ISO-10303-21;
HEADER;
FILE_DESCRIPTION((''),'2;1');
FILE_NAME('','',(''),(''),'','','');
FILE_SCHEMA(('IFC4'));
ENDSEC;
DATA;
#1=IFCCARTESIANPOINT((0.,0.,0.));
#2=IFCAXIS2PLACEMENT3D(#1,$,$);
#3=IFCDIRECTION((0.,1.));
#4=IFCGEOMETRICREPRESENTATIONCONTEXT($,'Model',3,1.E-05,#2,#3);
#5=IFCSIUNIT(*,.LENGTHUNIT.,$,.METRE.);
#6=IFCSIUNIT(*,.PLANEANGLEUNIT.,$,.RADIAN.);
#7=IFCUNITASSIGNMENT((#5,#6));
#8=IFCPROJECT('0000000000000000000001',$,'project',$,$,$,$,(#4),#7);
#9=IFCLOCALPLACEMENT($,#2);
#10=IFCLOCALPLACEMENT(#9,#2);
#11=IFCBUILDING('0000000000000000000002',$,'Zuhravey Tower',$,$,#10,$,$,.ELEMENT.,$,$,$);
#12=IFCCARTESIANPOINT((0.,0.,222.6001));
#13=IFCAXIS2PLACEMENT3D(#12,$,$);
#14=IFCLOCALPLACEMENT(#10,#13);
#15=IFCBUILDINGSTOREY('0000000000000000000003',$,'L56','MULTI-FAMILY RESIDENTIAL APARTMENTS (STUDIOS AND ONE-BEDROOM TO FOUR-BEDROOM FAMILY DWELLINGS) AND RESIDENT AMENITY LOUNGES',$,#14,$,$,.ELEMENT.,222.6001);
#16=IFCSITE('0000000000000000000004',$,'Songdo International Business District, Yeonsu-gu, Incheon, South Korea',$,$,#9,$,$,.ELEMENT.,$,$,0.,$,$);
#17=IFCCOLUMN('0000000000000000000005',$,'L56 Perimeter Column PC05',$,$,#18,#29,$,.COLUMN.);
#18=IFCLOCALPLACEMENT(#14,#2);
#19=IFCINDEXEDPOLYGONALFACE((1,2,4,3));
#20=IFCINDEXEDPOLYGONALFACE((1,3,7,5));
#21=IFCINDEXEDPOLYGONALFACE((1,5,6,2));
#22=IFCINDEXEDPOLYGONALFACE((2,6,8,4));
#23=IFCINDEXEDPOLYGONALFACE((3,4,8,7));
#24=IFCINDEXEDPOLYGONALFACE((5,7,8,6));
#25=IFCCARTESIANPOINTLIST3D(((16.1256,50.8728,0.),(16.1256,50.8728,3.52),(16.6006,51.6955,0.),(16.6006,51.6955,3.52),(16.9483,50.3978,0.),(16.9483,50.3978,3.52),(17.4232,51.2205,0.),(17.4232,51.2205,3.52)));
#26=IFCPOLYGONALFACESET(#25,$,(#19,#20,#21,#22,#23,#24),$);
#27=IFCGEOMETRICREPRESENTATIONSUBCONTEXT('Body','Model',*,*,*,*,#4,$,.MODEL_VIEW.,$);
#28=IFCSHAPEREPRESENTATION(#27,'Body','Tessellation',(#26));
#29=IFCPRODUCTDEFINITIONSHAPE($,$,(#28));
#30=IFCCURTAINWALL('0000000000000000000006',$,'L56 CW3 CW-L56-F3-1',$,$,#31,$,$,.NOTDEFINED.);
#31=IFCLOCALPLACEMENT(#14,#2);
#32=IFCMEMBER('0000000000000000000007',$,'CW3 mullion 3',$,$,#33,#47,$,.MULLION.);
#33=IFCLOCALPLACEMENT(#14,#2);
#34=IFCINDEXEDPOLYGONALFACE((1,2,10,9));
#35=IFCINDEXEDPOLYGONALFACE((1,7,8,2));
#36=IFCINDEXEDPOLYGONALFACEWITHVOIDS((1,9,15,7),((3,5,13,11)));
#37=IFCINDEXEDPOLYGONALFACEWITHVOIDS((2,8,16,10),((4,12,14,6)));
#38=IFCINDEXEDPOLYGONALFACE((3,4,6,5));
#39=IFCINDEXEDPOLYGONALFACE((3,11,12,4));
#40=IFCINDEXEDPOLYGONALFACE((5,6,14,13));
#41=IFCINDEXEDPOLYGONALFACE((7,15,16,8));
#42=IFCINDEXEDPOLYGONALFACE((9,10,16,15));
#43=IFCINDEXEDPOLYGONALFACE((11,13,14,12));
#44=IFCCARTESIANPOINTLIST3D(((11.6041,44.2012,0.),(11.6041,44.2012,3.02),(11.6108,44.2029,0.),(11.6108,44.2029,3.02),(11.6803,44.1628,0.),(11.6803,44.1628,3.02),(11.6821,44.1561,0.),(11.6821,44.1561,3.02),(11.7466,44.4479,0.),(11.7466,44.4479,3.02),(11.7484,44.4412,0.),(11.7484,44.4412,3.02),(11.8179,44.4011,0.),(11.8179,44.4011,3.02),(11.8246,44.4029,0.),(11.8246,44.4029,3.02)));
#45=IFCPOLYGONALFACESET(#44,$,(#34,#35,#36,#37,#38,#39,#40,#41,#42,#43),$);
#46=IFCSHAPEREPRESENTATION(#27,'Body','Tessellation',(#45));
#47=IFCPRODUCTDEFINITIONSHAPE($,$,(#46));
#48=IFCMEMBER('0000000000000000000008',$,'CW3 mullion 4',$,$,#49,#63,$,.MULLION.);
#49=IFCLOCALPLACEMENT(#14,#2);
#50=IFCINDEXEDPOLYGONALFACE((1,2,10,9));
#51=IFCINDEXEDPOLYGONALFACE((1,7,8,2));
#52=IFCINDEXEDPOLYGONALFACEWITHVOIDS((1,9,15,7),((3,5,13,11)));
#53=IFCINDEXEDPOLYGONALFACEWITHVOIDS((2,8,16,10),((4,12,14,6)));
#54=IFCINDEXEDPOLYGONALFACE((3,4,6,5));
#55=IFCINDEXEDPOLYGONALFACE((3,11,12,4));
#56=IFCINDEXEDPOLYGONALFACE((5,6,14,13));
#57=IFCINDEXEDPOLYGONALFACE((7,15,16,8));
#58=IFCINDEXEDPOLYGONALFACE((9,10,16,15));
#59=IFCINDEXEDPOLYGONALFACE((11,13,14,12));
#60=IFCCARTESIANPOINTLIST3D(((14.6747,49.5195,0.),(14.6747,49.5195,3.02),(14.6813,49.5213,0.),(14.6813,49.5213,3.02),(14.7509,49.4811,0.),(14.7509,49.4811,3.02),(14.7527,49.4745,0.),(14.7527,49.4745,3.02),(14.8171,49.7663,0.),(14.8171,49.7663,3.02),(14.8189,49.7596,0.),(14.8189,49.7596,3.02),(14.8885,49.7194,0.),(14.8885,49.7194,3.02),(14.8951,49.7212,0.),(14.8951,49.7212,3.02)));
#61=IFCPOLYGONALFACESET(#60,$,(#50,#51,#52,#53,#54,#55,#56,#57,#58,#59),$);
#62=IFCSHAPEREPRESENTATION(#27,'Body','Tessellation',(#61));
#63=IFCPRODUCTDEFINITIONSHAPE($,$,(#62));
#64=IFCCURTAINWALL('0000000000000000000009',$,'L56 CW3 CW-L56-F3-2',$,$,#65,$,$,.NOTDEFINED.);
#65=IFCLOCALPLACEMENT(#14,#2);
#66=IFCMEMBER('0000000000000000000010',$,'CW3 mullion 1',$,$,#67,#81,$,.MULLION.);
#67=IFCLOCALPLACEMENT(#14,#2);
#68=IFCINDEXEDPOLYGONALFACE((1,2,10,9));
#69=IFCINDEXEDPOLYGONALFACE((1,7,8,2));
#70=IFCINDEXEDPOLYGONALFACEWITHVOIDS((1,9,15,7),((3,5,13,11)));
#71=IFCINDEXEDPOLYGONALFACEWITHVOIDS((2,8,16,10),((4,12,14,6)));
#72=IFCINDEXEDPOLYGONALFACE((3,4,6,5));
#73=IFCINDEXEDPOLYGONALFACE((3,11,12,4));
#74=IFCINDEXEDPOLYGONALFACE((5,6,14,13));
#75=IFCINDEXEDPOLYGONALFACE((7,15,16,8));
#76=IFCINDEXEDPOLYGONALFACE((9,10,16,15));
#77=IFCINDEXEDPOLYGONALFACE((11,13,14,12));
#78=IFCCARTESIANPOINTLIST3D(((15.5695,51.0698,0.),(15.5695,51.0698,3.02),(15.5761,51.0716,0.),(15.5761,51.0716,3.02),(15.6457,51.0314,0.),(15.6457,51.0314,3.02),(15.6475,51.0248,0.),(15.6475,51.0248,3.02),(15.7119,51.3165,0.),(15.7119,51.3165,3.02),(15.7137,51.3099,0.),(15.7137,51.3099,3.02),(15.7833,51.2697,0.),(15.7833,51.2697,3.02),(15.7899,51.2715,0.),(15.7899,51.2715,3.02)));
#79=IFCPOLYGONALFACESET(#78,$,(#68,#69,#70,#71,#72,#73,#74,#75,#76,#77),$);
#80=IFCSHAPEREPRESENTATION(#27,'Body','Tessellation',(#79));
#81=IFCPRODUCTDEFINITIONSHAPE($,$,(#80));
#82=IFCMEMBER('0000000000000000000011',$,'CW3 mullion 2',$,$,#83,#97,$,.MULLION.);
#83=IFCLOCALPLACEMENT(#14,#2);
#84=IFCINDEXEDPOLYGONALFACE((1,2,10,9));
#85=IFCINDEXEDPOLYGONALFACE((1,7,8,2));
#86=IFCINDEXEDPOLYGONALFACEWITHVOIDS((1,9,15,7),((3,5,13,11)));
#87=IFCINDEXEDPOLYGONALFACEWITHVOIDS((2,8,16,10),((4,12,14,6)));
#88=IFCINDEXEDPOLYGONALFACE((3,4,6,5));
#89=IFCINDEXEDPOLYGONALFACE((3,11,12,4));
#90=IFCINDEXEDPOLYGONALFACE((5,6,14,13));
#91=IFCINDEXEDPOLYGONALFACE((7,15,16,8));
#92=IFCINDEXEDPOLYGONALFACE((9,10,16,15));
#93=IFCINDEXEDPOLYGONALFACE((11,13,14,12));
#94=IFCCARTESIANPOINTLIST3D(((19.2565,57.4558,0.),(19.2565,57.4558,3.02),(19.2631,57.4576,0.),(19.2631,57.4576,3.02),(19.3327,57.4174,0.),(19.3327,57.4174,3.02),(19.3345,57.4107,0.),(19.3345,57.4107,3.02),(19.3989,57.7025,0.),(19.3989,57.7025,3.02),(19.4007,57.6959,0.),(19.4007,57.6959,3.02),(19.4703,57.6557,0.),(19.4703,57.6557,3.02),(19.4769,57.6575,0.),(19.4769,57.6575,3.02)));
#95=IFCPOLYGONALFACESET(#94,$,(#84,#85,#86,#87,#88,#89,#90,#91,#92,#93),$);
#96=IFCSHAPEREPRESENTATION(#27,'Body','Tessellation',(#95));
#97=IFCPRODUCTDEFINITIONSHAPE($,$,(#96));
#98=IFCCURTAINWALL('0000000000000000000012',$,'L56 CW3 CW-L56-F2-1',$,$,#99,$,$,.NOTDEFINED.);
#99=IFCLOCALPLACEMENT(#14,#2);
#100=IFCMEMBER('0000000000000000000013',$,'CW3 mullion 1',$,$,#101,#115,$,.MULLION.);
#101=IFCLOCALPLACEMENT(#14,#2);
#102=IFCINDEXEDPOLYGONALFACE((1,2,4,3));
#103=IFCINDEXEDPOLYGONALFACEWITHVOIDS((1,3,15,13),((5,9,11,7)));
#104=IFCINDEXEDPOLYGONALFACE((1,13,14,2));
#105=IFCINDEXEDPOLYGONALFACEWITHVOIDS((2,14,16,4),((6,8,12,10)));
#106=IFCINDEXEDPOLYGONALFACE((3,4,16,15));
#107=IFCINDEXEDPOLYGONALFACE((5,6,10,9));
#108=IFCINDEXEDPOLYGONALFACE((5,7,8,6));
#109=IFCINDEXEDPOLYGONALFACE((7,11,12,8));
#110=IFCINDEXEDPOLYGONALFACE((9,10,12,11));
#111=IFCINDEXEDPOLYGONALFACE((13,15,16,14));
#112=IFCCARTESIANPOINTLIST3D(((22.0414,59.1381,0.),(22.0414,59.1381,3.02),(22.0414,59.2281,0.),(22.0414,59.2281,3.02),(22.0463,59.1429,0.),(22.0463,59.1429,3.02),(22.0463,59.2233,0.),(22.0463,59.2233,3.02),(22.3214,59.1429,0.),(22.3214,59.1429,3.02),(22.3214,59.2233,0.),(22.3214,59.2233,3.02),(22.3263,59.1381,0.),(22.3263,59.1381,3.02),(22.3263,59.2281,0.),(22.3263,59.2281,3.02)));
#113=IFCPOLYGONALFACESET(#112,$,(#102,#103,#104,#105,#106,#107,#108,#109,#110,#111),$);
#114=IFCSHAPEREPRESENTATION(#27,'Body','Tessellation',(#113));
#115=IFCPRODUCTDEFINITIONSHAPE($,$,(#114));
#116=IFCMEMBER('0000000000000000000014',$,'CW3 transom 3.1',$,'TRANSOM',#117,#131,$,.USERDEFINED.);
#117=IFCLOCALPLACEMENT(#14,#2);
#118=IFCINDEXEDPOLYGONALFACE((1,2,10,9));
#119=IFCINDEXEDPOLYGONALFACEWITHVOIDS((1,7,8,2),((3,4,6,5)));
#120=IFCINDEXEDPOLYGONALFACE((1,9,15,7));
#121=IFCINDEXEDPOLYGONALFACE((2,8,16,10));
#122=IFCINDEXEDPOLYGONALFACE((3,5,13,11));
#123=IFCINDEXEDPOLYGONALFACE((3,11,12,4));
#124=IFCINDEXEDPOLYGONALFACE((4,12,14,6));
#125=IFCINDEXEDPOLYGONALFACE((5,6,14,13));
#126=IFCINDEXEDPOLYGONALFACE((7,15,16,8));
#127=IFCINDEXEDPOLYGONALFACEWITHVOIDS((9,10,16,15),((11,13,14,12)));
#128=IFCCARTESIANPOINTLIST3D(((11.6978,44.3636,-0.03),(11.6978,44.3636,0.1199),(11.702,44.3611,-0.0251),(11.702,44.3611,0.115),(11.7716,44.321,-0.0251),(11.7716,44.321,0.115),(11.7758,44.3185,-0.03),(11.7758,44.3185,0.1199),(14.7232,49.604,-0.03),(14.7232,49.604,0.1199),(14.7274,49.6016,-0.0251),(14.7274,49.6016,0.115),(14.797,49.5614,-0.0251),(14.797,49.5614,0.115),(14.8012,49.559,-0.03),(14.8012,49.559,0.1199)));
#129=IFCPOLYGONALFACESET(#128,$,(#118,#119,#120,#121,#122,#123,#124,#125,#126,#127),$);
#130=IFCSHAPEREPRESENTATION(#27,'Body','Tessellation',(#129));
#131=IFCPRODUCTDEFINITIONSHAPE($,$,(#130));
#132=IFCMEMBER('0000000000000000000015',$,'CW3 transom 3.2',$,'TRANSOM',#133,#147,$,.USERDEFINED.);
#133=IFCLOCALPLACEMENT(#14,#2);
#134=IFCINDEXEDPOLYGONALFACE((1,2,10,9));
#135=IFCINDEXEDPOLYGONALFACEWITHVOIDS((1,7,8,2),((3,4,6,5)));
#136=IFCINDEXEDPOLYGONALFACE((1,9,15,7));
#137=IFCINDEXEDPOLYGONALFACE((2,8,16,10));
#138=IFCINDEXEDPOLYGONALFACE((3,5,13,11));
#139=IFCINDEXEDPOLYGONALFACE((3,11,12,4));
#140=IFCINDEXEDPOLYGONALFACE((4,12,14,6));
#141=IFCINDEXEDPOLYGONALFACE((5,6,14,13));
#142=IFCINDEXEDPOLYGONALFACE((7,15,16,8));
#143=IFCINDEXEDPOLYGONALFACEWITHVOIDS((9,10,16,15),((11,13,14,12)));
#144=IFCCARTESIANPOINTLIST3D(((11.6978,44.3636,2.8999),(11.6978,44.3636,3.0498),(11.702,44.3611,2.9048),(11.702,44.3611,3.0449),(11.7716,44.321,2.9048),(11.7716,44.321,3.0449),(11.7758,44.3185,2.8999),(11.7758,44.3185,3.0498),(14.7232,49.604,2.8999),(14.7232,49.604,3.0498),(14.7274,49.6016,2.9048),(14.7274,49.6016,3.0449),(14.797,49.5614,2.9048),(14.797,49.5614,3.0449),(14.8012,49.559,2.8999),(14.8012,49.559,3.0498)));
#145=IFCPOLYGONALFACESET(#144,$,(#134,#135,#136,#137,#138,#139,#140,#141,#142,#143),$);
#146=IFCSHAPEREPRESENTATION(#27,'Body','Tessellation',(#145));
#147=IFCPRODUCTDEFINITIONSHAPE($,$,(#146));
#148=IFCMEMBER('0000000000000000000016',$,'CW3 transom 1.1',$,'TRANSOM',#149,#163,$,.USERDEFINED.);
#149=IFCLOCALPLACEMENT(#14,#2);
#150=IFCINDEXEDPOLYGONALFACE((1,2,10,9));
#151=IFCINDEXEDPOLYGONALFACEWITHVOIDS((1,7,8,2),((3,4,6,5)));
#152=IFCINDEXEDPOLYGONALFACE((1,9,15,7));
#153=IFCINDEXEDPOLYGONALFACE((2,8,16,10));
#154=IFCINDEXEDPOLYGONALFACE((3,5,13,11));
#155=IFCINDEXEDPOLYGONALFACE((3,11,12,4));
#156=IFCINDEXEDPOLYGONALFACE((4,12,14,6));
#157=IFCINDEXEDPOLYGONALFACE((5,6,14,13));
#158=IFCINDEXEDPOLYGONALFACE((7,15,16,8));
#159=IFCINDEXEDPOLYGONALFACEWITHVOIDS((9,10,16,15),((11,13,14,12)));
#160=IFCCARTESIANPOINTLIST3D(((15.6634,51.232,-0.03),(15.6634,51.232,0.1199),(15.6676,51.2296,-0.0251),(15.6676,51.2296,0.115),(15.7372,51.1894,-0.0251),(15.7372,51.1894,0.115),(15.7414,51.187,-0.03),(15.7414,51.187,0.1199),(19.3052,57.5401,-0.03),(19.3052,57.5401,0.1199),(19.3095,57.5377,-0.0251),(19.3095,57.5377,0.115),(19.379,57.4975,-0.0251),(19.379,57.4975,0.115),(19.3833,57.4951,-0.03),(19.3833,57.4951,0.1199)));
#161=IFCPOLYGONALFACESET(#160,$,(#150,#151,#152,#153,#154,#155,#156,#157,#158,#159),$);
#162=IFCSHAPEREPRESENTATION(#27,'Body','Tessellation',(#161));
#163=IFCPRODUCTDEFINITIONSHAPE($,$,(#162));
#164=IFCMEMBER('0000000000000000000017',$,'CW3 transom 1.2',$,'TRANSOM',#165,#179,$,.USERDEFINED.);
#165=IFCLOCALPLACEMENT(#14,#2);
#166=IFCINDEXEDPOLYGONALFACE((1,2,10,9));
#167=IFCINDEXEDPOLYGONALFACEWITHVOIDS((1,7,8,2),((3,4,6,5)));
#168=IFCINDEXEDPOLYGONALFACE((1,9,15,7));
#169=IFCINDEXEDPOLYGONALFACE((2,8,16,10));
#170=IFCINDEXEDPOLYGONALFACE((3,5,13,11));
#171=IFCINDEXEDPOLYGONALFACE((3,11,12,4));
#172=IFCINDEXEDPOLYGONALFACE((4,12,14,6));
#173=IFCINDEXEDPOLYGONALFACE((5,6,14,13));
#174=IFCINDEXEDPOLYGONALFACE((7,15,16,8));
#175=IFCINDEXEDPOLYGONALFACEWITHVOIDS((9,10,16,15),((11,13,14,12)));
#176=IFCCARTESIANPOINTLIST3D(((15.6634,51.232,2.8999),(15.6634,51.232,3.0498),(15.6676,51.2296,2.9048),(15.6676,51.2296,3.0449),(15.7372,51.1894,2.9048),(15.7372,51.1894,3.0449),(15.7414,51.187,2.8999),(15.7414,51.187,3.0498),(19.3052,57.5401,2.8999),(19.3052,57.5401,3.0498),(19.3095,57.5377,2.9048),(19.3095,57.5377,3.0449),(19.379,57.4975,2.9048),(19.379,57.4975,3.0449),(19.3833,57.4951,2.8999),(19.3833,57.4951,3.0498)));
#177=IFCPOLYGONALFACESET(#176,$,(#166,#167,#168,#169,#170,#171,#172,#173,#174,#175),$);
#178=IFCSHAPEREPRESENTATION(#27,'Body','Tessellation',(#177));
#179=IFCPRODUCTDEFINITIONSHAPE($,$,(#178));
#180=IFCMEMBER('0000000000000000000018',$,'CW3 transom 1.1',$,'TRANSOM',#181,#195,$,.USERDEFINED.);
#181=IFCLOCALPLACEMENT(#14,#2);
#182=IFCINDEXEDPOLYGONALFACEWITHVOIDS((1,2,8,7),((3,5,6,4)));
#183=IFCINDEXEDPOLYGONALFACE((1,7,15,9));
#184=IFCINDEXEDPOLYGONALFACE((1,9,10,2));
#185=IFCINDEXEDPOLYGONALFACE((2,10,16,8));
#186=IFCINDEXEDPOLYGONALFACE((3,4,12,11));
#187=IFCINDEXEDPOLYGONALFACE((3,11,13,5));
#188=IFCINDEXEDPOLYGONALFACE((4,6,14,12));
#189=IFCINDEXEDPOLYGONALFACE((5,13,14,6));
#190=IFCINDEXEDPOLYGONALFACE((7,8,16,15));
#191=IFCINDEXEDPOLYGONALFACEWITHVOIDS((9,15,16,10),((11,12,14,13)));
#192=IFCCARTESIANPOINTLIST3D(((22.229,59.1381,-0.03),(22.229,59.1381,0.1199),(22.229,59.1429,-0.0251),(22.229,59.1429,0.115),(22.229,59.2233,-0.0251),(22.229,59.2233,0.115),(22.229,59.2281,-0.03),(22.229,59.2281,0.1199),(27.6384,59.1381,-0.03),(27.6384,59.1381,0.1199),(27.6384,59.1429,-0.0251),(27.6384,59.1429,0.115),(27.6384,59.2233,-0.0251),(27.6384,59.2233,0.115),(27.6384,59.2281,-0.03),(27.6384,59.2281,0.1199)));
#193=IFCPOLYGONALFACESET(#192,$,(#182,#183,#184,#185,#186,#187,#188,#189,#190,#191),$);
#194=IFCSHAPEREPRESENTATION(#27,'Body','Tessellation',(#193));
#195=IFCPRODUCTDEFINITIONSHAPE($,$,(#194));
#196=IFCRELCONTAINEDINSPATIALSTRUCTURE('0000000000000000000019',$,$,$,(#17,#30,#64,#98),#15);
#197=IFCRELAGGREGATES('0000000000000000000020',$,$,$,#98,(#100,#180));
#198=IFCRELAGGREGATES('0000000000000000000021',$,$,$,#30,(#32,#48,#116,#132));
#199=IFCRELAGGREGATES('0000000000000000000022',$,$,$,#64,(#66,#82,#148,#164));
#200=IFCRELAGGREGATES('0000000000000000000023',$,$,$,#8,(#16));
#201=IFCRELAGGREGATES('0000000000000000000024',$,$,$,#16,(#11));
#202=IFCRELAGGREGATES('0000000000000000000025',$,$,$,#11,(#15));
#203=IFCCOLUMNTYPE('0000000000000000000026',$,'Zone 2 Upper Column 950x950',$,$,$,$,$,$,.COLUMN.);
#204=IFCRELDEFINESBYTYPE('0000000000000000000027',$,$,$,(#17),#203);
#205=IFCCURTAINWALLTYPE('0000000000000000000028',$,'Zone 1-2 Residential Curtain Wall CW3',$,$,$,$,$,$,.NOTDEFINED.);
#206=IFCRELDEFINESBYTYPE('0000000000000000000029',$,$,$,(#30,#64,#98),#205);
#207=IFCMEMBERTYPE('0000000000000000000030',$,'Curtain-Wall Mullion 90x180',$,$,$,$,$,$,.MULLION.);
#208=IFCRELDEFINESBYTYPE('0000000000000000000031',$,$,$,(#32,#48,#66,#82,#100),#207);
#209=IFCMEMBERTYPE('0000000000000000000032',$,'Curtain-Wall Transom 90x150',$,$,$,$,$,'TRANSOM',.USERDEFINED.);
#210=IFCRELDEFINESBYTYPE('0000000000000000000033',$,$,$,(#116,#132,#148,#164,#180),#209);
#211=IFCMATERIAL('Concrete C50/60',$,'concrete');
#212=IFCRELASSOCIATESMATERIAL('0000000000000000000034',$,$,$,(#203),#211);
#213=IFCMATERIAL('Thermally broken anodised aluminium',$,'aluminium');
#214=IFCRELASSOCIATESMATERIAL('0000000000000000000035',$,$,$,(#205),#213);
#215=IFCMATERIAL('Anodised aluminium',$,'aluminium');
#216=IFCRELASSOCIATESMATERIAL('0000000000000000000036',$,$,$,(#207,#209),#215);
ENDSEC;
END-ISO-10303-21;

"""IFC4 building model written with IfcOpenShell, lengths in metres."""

from ifc_helpers import new_model, si_unit, direction, frame, origin, origin_2d, place, context, subcontext, project, spatial, rectangle, hollow_rectangle, extrude, material, material_profile, profile_set, type_object, element, aggregate, save


model = new_model("IFC4")

# Units and contexts
model_context = context("Model", 3, precision=1e-05, world=origin(), true_north=direction((0.0, 1.0)))
body_context = subcontext(model_context, "Body", "Model", "MODEL_VIEW")
ifc_project = project(units=[si_unit("LENGTHUNIT", "METRE"), si_unit("PLANEANGLEUNIT", "RADIAN")], contexts=[model_context])

# Site, building, storey
site_placement = place(None, origin())
site = spatial("IfcSite", under=ifc_project, at=site_placement, Name="Songdo International Business District, Yeonsu-gu, Incheon, South Korea", CompositionType="ELEMENT", RefElevation=0.0)
building_placement = place(site_placement, origin())
building = spatial("IfcBuilding", under=site, at=building_placement, Name="Zuhravey Tower", CompositionType="ELEMENT")
storey_placement = place(building_placement, frame((0.0, 0.0, 222.6001)))
storey = spatial("IfcBuildingStorey", under=building, at=storey_placement, Name="L56", Description="MULTI-FAMILY RESIDENTIAL APARTMENTS (STUDIOS AND ONE-BEDROOM TO FOUR-BEDROOM FAMILY DWELLINGS) AND RESIDENT AMENITY LOUNGES", CompositionType="ELEMENT", Elevation=222.6001)

# Column
ifc_material_1 = material(Name="Concrete C50/60", Category="concrete")
ifc_material_profile_1 = material_profile(ifc_material_1, rectangle(XDim=0.95, YDim=0.95, at=origin_2d()), Name="RC-950x950")
ifc_profile_set_1 = profile_set([ifc_material_profile_1], Name="Concrete C50/60")
column_type = type_object("IfcColumnType", Name="Zone 2 Upper Column 950x950", PredefinedType="COLUMN", material=ifc_profile_set_1)
column_placement = place(storey_placement, frame((16.7744, 51.0466, 0.0), z_axis=(0.0, 0.0, 1.0), x_axis=(-0.5, -0.866025, 0.0)))
element("IfcColumn", 1, at=column_placement, inside=storey, type_object=column_type, Name="L56 Perimeter Column PC05", PredefinedType="COLUMN", context=body_context, shape_type="SweptSolid", body=[
    extrude(rectangle(XDim=0.95, YDim=0.95, at=origin_2d()), origin(), (0.0, 0.0, 1.0), 3.52),
])

# Curtain walls, members
ifc_material_2 = material(Name="Thermally broken anodised aluminium", Category="aluminium")
curtain_wall_type = type_object("IfcCurtainWallType", Name="Zone 1-2 Residential Curtain Wall CW3", PredefinedType="NOTDEFINED", material=ifc_material_2)
curtain_wall_1_placement = place(storey_placement, origin())
curtain_wall_1 = element("IfcCurtainWall", 2, at=curtain_wall_1_placement, inside=storey, type_object=curtain_wall_type, Name="L56 CW3 CW-L56-F3-1", PredefinedType="NOTDEFINED")
ifc_material_3 = material(Name="Anodised aluminium", Category="aluminium")
ifc_material_profile_2 = material_profile(ifc_material_3, hollow_rectangle(XDim=0.0901, YDim=0.2849, WallThickness=0.0049, at=origin_2d()), Name="ALU-RHS-90x285x5")
ifc_profile_set_2 = profile_set([ifc_material_profile_2], Name="Anodised aluminium")
member_type_1 = type_object("IfcMemberType", Name="Curtain-Wall Mullion 90x180", PredefinedType="MULLION", material=ifc_profile_set_2)
member_1_placement = place(storey_placement, frame((11.7144, 44.302, 0.0), z_axis=(0.0, 0.0, 1.0), x_axis=(-0.866026, 0.499999, 0.0)))
member_1 = element("IfcMember", 3, at=member_1_placement, type_object=member_type_1, Name="CW3 mullion 3", PredefinedType="MULLION", context=body_context, shape_type="SweptSolid", body=[
    extrude(hollow_rectangle(XDim=0.0901, YDim=0.2849, WallThickness=0.0049, at=origin_2d()), origin(), (0.0, 0.0, 1.0), 3.02),
])
member_2_placement = place(storey_placement, frame((14.7849, 49.6204, 0.0), z_axis=(0.0, 0.0, 1.0), x_axis=(-0.866026, 0.499999, 0.0)))
member_2 = element("IfcMember", 4, at=member_2_placement, type_object=member_type_1, Name="CW3 mullion 4", PredefinedType="MULLION", context=body_context, shape_type="SweptSolid", body=[
    extrude(hollow_rectangle(XDim=0.0901, YDim=0.2849, WallThickness=0.0049, at=origin_2d()), origin(), (0.0, 0.0, 1.0), 3.02),
])
curtain_wall_2_placement = place(storey_placement, origin())
curtain_wall_2 = element("IfcCurtainWall", 5, at=curtain_wall_2_placement, inside=storey, type_object=curtain_wall_type, Name="L56 CW3 CW-L56-F3-2", PredefinedType="NOTDEFINED")
member_3_placement = place(storey_placement, frame((15.6797, 51.1707, 0.0), z_axis=(0.0, 0.0, 1.0), x_axis=(-0.866025, 0.500001, 0.0)))
member_3 = element("IfcMember", 6, at=member_3_placement, type_object=member_type_1, Name="CW3 mullion 1", PredefinedType="MULLION", context=body_context, shape_type="SweptSolid", body=[
    extrude(hollow_rectangle(XDim=0.0901, YDim=0.2849, WallThickness=0.0049, at=origin_2d()), origin(), (0.0, 0.0, 1.0), 3.02),
])
member_4_placement = place(storey_placement, frame((19.3667, 57.5566, 0.0), z_axis=(0.0, 0.0, 1.0), x_axis=(-0.866025, 0.500001, 0.0)))
member_4 = element("IfcMember", 7, at=member_4_placement, type_object=member_type_1, Name="CW3 mullion 2", PredefinedType="MULLION", context=body_context, shape_type="SweptSolid", body=[
    extrude(hollow_rectangle(XDim=0.0901, YDim=0.2849, WallThickness=0.0049, at=origin_2d()), origin(), (0.0, 0.0, 1.0), 3.02),
])

# Curtain wall, member
curtain_wall_3_placement = place(storey_placement, origin())
curtain_wall_3 = element("IfcCurtainWall", 8, at=curtain_wall_3_placement, inside=storey, type_object=curtain_wall_type, Name="L56 CW3 CW-L56-F2-1", PredefinedType="NOTDEFINED")
member_5_placement = place(storey_placement, frame((22.1838, 59.1831, 0.0), z_axis=(0.0, 0.0, 1.0), x_axis=(0.0, 1.0, 0.0)))
member_5 = element("IfcMember", 9, at=member_5_placement, type_object=member_type_1, Name="CW3 mullion 1", PredefinedType="MULLION", context=body_context, shape_type="SweptSolid", body=[
    extrude(hollow_rectangle(XDim=0.0901, YDim=0.2849, WallThickness=0.0049, at=origin_2d()), origin(), (0.0, 0.0, 1.0), 3.02),
])

# Members
ifc_material_profile_3 = material_profile(ifc_material_3, hollow_rectangle(XDim=0.0901, YDim=0.1499, WallThickness=0.0049, at=origin_2d()), Name="ALU-RHS-90x150x5")
ifc_profile_set_3 = profile_set([ifc_material_profile_3], Name="Anodised aluminium")
member_type_2 = type_object("IfcMemberType", Name="Curtain-Wall Transom 90x150", ElementType="TRANSOM", PredefinedType="USERDEFINED", material=ifc_profile_set_3)
member_6_placement = place(storey_placement, frame((11.7368, 44.3411, 0.0449), z_axis=(0.499975, 0.86604, 0.0), x_axis=(-0.86604, 0.499975, 0.0)))
member_6 = element("IfcMember", 10, at=member_6_placement, type_object=member_type_2, Name="CW3 transom 3.1", ObjectType="TRANSOM", PredefinedType="USERDEFINED", context=body_context, shape_type="SweptSolid", body=[
    extrude(hollow_rectangle(XDim=0.0901, YDim=0.1499, WallThickness=0.0049, at=origin_2d()), origin(), (0.0, 0.0, 1.0), 6.051),
])
member_7_placement = place(storey_placement, frame((11.7368, 44.3411, 2.9749), z_axis=(0.499975, 0.86604, 0.0), x_axis=(-0.86604, 0.499975, 0.0)))
member_7 = element("IfcMember", 11, at=member_7_placement, type_object=member_type_2, Name="CW3 transom 3.2", ObjectType="TRANSOM", PredefinedType="USERDEFINED", context=body_context, shape_type="SweptSolid", body=[
    extrude(hollow_rectangle(XDim=0.0901, YDim=0.1499, WallThickness=0.0049, at=origin_2d()), origin(), (0.0, 0.0, 1.0), 6.051),
])
member_8_placement = place(storey_placement, frame((15.7024, 51.2095, 0.0449), z_axis=(0.499986, 0.866034, 0.0), x_axis=(-0.866034, 0.499986, 0.0)))
member_8 = element("IfcMember", 12, at=member_8_placement, type_object=member_type_2, Name="CW3 transom 1.1", ObjectType="TRANSOM", PredefinedType="USERDEFINED", context=body_context, shape_type="SweptSolid", body=[
    extrude(hollow_rectangle(XDim=0.0901, YDim=0.1499, WallThickness=0.0049, at=origin_2d()), origin(), (0.0, 0.0, 1.0), 7.2839),
])
member_9_placement = place(storey_placement, frame((15.7024, 51.2095, 2.9749), z_axis=(0.499986, 0.866034, 0.0), x_axis=(-0.866034, 0.499986, 0.0)))
member_9 = element("IfcMember", 13, at=member_9_placement, type_object=member_type_2, Name="CW3 transom 1.2", ObjectType="TRANSOM", PredefinedType="USERDEFINED", context=body_context, shape_type="SweptSolid", body=[
    extrude(hollow_rectangle(XDim=0.0901, YDim=0.1499, WallThickness=0.0049, at=origin_2d()), origin(), (0.0, 0.0, 1.0), 7.2839),
])
member_10_placement = place(storey_placement, frame((22.229, 59.1831, 0.0449), z_axis=(1.0, 0.0, 0.0), x_axis=(0.0, 1.0, 0.0)))
member_10 = element("IfcMember", 14, at=member_10_placement, type_object=member_type_2, Name="CW3 transom 1.1", ObjectType="TRANSOM", PredefinedType="USERDEFINED", context=body_context, shape_type="SweptSolid", body=[
    extrude(hollow_rectangle(XDim=0.0901, YDim=0.1499, WallThickness=0.0049, at=origin_2d()), origin(), (0.0, 0.0, 1.0), 5.4094),
])
aggregate(curtain_wall_3, [member_5, member_10])

aggregate(curtain_wall_1, [member_1, member_2, member_6, member_7])
aggregate(curtain_wall_2, [member_3, member_4, member_8, member_9])

save(model, "model.ifc")
